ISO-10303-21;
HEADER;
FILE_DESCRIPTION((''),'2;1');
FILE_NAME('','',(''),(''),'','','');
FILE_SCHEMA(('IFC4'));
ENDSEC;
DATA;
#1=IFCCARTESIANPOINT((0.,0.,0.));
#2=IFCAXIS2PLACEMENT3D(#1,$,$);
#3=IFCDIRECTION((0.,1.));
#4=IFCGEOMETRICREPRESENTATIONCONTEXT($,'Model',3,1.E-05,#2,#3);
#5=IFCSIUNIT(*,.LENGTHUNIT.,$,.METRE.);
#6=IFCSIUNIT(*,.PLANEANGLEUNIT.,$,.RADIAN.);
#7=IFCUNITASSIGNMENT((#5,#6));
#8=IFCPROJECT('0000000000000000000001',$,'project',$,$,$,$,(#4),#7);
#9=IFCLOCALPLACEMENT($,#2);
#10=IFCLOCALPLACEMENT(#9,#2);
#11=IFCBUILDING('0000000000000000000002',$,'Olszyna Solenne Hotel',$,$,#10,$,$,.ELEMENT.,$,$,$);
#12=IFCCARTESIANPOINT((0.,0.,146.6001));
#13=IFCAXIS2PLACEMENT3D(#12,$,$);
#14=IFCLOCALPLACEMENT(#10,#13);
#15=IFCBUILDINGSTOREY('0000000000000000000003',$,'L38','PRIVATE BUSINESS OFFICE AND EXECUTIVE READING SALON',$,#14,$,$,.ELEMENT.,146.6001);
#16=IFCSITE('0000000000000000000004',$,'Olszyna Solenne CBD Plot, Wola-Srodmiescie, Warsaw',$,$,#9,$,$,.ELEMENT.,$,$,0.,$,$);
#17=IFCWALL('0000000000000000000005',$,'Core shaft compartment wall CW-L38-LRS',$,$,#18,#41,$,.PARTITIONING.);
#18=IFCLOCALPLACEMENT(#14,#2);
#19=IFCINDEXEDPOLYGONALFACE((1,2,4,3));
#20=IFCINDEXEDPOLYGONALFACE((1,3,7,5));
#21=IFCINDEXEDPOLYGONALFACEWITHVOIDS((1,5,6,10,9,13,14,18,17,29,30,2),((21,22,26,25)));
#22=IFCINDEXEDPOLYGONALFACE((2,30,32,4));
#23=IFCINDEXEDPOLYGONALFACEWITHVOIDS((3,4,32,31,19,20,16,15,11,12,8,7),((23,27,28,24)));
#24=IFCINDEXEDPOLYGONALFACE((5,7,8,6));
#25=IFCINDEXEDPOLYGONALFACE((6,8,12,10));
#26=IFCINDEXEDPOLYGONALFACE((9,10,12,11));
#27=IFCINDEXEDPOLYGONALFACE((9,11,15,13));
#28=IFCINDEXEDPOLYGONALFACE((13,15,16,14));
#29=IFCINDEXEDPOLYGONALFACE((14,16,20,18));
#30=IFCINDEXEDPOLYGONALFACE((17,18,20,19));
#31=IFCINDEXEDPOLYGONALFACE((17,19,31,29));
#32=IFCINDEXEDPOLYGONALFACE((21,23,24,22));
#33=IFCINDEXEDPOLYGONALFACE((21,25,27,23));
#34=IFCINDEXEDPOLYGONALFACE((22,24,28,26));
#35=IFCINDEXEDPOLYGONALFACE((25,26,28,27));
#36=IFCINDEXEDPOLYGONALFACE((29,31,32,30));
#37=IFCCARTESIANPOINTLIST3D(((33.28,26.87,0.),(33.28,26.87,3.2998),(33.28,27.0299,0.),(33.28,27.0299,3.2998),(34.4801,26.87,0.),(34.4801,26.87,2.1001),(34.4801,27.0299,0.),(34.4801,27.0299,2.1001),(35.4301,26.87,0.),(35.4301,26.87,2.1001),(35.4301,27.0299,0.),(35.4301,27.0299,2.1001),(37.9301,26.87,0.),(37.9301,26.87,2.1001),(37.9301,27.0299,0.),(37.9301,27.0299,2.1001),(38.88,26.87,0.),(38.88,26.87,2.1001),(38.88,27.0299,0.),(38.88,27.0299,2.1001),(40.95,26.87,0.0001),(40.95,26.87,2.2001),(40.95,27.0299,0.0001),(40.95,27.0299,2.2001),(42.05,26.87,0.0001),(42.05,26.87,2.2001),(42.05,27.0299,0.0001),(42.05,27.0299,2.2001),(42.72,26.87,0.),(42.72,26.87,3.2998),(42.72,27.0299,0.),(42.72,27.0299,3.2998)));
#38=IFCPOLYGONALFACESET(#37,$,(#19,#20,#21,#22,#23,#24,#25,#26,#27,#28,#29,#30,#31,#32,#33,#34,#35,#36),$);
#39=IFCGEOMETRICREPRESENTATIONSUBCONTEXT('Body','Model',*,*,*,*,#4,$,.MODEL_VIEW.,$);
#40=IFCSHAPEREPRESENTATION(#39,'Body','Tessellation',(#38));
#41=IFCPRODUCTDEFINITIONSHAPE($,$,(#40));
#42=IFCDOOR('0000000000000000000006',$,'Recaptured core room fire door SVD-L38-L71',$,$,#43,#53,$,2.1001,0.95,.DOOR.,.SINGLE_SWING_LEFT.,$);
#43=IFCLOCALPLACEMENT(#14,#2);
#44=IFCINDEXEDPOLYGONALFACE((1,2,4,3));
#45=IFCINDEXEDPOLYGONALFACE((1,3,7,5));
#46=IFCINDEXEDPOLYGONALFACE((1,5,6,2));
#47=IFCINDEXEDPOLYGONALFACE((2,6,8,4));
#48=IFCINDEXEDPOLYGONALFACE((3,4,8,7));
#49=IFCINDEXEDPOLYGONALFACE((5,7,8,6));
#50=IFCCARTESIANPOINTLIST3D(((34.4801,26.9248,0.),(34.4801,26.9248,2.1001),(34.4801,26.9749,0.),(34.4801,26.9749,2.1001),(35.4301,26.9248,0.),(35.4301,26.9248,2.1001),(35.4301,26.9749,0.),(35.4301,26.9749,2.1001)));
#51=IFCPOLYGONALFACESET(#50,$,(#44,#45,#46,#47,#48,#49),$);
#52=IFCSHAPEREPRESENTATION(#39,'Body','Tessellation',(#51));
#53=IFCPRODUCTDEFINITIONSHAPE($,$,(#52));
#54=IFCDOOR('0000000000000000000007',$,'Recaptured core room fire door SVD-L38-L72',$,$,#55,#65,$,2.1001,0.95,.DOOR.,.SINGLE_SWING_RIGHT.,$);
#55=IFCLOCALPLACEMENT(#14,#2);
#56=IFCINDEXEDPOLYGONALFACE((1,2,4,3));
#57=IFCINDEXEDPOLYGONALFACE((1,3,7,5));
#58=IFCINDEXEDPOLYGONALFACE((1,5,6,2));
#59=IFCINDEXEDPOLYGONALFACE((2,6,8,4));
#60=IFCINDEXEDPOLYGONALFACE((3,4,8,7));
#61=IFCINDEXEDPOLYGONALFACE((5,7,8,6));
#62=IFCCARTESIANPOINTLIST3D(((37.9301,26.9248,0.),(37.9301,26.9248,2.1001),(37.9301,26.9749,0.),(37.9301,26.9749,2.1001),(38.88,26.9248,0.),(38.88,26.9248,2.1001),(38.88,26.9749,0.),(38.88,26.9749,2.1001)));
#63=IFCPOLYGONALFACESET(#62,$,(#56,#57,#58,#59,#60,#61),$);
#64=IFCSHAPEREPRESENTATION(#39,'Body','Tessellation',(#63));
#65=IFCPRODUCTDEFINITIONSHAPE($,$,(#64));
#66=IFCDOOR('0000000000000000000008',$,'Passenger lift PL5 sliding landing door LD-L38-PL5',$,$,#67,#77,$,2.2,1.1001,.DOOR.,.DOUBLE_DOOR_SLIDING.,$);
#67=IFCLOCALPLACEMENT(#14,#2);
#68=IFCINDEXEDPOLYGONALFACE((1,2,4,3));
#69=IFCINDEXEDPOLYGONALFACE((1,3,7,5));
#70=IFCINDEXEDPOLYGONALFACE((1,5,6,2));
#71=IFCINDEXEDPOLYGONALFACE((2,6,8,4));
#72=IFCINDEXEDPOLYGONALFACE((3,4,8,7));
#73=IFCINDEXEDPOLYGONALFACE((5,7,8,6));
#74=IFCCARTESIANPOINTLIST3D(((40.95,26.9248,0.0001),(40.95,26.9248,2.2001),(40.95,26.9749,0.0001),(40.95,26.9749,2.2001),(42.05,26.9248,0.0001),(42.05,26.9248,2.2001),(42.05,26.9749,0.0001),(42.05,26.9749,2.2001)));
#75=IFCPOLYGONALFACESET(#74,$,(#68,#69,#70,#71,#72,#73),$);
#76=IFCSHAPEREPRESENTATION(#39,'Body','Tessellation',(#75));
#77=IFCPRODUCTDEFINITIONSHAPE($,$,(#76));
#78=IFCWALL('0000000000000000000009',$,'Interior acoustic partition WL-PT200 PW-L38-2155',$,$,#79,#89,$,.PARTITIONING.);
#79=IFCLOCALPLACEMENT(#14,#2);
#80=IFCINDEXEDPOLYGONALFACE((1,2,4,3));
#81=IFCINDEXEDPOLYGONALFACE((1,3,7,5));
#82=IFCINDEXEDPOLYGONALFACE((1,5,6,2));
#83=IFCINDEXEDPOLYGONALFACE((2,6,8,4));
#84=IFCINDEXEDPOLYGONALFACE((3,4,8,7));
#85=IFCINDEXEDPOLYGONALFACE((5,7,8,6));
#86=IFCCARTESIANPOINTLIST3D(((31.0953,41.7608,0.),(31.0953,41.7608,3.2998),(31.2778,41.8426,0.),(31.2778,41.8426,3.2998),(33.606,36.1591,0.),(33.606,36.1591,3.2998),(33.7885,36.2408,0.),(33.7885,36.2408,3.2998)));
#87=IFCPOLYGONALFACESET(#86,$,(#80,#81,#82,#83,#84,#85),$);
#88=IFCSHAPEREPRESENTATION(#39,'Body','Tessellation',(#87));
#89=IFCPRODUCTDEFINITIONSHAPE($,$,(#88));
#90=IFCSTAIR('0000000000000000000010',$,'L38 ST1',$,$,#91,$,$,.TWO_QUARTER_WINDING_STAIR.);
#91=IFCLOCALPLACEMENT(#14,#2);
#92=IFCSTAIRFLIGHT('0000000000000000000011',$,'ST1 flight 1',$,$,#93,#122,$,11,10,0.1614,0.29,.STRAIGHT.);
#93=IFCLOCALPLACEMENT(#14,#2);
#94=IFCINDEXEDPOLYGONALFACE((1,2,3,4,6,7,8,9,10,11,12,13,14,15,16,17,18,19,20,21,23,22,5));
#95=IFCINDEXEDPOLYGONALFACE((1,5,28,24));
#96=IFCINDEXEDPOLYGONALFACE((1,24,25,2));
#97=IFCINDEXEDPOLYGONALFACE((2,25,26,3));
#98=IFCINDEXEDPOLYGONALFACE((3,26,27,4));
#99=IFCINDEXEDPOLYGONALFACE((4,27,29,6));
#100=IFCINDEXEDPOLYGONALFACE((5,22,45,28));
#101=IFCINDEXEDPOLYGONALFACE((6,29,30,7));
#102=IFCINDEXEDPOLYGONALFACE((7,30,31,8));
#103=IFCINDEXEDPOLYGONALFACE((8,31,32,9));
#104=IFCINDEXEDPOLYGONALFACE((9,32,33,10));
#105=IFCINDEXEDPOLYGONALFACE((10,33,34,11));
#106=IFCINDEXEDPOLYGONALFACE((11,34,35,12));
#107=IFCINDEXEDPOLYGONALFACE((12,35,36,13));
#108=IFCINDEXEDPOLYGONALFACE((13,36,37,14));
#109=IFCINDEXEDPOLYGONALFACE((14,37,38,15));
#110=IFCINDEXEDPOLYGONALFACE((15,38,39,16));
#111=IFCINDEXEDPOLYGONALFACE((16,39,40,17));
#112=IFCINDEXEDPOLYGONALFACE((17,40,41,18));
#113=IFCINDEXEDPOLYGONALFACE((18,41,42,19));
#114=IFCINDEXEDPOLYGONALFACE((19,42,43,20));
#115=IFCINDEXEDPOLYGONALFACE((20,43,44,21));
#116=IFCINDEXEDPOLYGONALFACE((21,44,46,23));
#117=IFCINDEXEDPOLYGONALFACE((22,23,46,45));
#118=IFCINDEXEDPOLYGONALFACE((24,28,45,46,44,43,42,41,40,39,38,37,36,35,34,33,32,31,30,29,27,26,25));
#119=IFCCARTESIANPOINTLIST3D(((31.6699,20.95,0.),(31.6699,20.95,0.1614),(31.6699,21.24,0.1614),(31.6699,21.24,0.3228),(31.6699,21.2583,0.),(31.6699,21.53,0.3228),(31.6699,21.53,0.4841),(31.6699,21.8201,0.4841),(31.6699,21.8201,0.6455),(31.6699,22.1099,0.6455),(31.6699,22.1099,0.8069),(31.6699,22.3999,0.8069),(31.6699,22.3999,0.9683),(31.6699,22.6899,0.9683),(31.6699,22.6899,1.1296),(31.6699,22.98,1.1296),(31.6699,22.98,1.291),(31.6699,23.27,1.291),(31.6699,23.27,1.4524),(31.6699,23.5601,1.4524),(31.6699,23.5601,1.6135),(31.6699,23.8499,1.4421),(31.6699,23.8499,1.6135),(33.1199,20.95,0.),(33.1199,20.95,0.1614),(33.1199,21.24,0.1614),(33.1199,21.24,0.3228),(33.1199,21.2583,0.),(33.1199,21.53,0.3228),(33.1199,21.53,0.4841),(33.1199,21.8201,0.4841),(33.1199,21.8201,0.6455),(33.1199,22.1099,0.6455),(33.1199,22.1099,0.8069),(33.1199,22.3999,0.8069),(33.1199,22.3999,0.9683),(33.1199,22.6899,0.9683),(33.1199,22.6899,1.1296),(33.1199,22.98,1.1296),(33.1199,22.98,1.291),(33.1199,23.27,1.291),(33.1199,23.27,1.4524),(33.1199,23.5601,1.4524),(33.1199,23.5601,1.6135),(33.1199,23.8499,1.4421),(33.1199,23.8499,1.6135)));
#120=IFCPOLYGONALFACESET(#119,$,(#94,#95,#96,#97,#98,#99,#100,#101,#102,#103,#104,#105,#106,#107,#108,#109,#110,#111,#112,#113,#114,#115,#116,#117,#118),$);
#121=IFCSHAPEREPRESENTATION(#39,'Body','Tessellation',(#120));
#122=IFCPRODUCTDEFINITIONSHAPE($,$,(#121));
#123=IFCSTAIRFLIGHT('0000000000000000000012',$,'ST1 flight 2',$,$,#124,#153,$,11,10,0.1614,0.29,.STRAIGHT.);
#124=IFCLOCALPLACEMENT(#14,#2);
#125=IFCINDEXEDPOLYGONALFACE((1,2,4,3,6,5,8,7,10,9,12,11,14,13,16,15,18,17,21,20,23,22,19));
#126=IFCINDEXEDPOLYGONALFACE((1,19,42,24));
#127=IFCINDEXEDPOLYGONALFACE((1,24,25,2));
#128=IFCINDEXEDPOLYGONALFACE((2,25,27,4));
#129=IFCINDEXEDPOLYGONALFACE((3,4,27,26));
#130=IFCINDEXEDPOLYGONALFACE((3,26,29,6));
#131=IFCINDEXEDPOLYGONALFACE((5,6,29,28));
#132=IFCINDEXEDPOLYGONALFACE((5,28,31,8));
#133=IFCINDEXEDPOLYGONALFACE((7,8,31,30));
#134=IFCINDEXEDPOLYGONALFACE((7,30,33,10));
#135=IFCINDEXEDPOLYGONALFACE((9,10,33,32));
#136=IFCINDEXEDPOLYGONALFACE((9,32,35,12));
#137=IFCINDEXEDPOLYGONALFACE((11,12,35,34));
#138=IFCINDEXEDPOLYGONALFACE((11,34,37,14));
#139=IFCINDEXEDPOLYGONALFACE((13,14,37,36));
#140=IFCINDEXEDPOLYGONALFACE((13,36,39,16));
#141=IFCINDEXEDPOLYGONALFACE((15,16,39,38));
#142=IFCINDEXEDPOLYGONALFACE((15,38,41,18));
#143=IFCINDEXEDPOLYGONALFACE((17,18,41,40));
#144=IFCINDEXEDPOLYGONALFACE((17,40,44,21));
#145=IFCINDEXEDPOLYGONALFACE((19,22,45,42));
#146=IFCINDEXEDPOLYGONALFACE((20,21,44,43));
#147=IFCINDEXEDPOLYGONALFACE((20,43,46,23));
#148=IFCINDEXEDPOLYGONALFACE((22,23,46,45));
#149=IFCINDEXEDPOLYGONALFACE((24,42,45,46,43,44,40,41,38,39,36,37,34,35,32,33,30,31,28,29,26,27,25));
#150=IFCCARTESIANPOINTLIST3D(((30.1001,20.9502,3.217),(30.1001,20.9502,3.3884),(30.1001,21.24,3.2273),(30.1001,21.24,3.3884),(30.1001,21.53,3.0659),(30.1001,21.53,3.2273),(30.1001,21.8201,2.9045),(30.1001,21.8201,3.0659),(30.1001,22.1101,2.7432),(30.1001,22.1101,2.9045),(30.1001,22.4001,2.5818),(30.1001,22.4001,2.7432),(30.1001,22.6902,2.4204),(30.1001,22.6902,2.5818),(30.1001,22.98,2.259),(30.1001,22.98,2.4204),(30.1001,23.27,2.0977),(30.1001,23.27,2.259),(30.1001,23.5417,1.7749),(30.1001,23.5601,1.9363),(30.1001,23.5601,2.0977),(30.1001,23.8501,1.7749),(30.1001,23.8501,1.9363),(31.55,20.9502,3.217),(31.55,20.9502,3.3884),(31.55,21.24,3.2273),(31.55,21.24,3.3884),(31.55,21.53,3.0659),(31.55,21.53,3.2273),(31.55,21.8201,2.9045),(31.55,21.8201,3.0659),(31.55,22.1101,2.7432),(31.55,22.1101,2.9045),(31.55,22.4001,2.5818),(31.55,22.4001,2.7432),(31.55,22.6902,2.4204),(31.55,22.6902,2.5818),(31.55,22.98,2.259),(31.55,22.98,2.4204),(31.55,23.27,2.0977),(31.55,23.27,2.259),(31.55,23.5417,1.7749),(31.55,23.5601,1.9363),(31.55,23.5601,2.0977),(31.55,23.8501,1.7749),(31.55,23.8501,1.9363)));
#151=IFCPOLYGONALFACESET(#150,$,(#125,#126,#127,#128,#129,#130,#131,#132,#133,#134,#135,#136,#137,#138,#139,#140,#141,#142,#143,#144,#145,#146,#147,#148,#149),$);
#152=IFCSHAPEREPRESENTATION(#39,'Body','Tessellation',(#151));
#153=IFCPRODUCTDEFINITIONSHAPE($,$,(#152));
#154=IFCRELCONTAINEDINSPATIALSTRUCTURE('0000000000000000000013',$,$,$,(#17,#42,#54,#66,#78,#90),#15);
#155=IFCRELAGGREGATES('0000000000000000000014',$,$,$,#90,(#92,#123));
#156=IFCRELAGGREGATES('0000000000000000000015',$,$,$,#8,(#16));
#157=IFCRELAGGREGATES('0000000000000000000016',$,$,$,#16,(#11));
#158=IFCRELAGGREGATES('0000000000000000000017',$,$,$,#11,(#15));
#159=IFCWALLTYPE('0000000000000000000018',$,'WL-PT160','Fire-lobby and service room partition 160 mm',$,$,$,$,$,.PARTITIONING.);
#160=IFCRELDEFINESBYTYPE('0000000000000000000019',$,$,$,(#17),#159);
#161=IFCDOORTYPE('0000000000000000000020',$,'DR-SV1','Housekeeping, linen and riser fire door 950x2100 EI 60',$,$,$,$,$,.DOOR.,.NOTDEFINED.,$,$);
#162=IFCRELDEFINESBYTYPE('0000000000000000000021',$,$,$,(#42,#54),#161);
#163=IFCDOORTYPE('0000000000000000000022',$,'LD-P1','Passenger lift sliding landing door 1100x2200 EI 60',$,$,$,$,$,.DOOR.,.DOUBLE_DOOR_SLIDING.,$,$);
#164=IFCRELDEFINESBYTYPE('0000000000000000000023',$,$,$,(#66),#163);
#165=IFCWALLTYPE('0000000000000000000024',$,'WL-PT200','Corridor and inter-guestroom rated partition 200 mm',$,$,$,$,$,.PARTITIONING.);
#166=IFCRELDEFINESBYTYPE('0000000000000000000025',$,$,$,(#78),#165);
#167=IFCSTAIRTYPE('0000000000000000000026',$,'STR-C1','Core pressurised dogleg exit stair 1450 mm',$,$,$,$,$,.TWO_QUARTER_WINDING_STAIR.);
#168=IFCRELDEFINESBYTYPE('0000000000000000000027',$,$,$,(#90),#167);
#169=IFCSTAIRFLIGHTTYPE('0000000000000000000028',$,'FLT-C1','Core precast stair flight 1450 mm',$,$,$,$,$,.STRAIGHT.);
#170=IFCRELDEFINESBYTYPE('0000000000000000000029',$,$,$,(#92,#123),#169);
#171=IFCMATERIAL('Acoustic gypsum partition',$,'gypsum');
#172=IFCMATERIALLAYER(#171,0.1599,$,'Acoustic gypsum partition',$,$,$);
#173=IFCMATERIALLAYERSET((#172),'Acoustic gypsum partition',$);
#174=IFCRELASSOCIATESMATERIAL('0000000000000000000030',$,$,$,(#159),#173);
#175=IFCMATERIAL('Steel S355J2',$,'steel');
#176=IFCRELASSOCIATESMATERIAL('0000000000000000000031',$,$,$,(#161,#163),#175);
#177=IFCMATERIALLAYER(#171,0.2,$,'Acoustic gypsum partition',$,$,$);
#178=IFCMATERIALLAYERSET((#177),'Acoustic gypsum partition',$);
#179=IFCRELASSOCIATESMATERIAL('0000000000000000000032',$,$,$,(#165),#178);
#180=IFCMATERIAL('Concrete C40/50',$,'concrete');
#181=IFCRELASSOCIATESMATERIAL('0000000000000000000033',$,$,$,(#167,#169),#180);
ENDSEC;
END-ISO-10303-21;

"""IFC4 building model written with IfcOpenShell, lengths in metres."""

from ifc_helpers import new_model, si_unit, direction, frame, frame_2d, origin, place, context, subcontext, project, spatial, polyline, rectangle, outline, extrude, source, transform, mapped, material, layer, layer_set, type_object, type_shapes, element, fill, aggregate, save


model = new_model("IFC4")

# Units and contexts
model_context = context("Model", 3, precision=1e-05, world=origin(), true_north=direction((0.0, 1.0)))
body_context = subcontext(model_context, "Body", "Model", "MODEL_VIEW")
ifc_project = project(units=[si_unit("LENGTHUNIT", "METRE"), si_unit("PLANEANGLEUNIT", "RADIAN")], contexts=[model_context])

# Site, building, storey
site_placement = place(None, origin())
site = spatial("IfcSite", under=ifc_project, at=site_placement, Name="Olszyna Solenne CBD Plot, Wola-Srodmiescie, Warsaw", CompositionType="ELEMENT", RefElevation=0.0)
building_placement = place(site_placement, origin())
building = spatial("IfcBuilding", under=site, at=building_placement, Name="Olszyna Solenne Hotel", CompositionType="ELEMENT")
storey_placement = place(building_placement, frame((0.0, 0.0, 146.6001)))
storey = spatial("IfcBuildingStorey", under=building, at=storey_placement, Name="L38", Description="PRIVATE BUSINESS OFFICE AND EXECUTIVE READING SALON", CompositionType="ELEMENT", Elevation=146.6001)

# Shared definitions
ifc_material_1 = material(Name="Steel S355J2", Category="steel")

# Shared definitions
ifc_material_2 = material(Name="Acoustic gypsum partition", Category="gypsum")
ifc_layer_1 = layer(ifc_material_2, 0.1599, Name="Acoustic gypsum partition")
ifc_layer_set_1 = layer_set([ifc_layer_1], Name="Acoustic gypsum partition")
wall_type_1 = type_object("IfcWallType", Name="WL-PT160", Description="Fire-lobby and service room partition 160 mm", PredefinedType="PARTITIONING", material=ifc_layer_set_1)

# Wall, openings, doors
wall_1_placement = place(storey_placement, frame((33.28, 26.95, 0.0), z_axis=(0.0, 0.0, 1.0), x_axis=(1.0, 0.0, 0.0)))
wall_1 = element("IfcWall", 1, at=wall_1_placement, inside=storey, type_object=wall_type_1, Name="Core shaft compartment wall CW-L38-LRS", PredefinedType="PARTITIONING", context=body_context, shape_type="SweptSolid", body=[
    extrude(rectangle(XDim=9.4399, YDim=0.1599, at=frame_2d((4.72, 0.0))), origin(), (0.0, 0.0, 1.0), 3.2998),
])
opening_1_placement = place(wall_1_placement, frame((1.2, 0.0, 0.0)))
opening_1 = element("IfcOpeningElement", 2, at=opening_1_placement, cuts=wall_1, PredefinedType="OPENING", context=body_context, shape_type="SweptSolid", body=[
    extrude(rectangle(XDim=0.95, YDim=2.1001, at=frame_2d((0.4751, 1.05))), frame((0.0, 0.0898, 0.0), z_axis=(0.0, -1.0, 0.0), x_axis=(1.0, 0.0, 0.0)), (0.0, 0.0, 1.0), 0.1799),
])
opening_2_placement = place(wall_1_placement, frame((4.6499, 0.0, 0.0)))
opening_2 = element("IfcOpeningElement", 3, at=opening_2_placement, cuts=wall_1, PredefinedType="OPENING", context=body_context, shape_type="SweptSolid", body=[
    extrude(rectangle(XDim=0.95, YDim=2.1001, at=frame_2d((0.4751, 1.05))), frame((0.0, 0.0898, 0.0), z_axis=(0.0, -1.0, 0.0), x_axis=(1.0, 0.0, 0.0)), (0.0, 0.0, 1.0), 0.1799),
])
opening_3_placement = place(wall_1_placement, frame((7.6699, 0.0, 0.0)))
opening_3 = element("IfcOpeningElement", 4, at=opening_3_placement, cuts=wall_1, PredefinedType="OPENING", context=body_context, shape_type="SweptSolid", body=[
    extrude(rectangle(XDim=1.1001, YDim=2.2, at=frame_2d((0.55, 1.1001))), frame((0.0, 0.0898, 0.0), z_axis=(0.0, -1.0, 0.0), x_axis=(1.0, 0.0, 0.0)), (0.0, 0.0, 1.0), 0.1799),
])
door_type_1 = type_object("IfcDoorType", Name="DR-SV1", Description="Housekeeping, linen and riser fire door 950x2100 EI 60", OperationType="NOTDEFINED", PredefinedType="DOOR", material=ifc_material_1)
shared_shape_1 = source(origin(), body_context, "Body", "SweptSolid", [
    extrude(rectangle(XDim=0.95, YDim=2.1001, at=frame_2d((0.4751, 1.05))), frame((0.0, 0.0249, 0.0), z_axis=(0.0, -1.0, 0.0), x_axis=(1.0, 0.0, 0.0)), (0.0, 0.0, 1.0), 0.05),
])
type_shapes(door_type_1, [shared_shape_1])
door_1_placement = place(opening_1_placement, origin())
door_1 = element("IfcDoor", 5, at=door_1_placement, inside=storey, type_object=door_type_1, Name="Recaptured core room fire door SVD-L38-L71", OperationType="SINGLE_SWING_LEFT", OverallHeight=2.1001, OverallWidth=0.95, PredefinedType="DOOR", context=body_context, shape_type="MappedRepresentation", body=[
    mapped(shared_shape_1, transform((0.0, 0.0, 0.0), x_axis=(1.0, 0.0, 0.0), y_axis=(0.0, 1.0, 0.0), z_axis=(0.0, 0.0, 1.0), scale=1.0)),
])
fill(opening_1, door_1)
door_2_placement = place(opening_2_placement, origin())
door_2 = element("IfcDoor", 6, at=door_2_placement, inside=storey, type_object=door_type_1, Name="Recaptured core room fire door SVD-L38-L72", OperationType="SINGLE_SWING_RIGHT", OverallHeight=2.1001, OverallWidth=0.95, PredefinedType="DOOR", context=body_context, shape_type="MappedRepresentation", body=[
    mapped(shared_shape_1, transform((0.0, 0.0, 0.0), x_axis=(1.0, 0.0, 0.0), y_axis=(0.0, 1.0, 0.0), z_axis=(0.0, 0.0, 1.0), scale=1.0)),
])
fill(opening_2, door_2)
door_type_2 = type_object("IfcDoorType", Name="LD-P1", Description="Passenger lift sliding landing door 1100x2200 EI 60", OperationType="DOUBLE_DOOR_SLIDING", PredefinedType="DOOR", material=ifc_material_1)
shared_shape_2 = source(origin(), body_context, "Body", "SweptSolid", [
    extrude(rectangle(XDim=1.1001, YDim=2.2, at=frame_2d((0.55, 1.1001))), frame((0.0, 0.0249, 0.0), z_axis=(0.0, -1.0, 0.0), x_axis=(1.0, 0.0, 0.0)), (0.0, 0.0, 1.0), 0.05),
])
type_shapes(door_type_2, [shared_shape_2])
door_3_placement = place(opening_3_placement, origin())
door_3 = element("IfcDoor", 7, at=door_3_placement, inside=storey, type_object=door_type_2, Name="Passenger lift PL5 sliding landing door LD-L38-PL5", OperationType="DOUBLE_DOOR_SLIDING", OverallHeight=2.2, OverallWidth=1.1001, PredefinedType="DOOR", context=body_context, shape_type="MappedRepresentation", body=[
    mapped(shared_shape_2, transform((0.0, 0.0, 0.0), x_axis=(1.0, 0.0, 0.0), y_axis=(0.0, 1.0, 0.0), z_axis=(0.0, 0.0, 1.0), scale=1.0)),
])
fill(opening_3, door_3)

# Wall
ifc_layer_2 = layer(ifc_material_2, 0.2, Name="Acoustic gypsum partition")
ifc_layer_set_2 = layer_set([ifc_layer_2], Name="Acoustic gypsum partition")
wall_type_2 = type_object("IfcWallType", Name="WL-PT200", Description="Corridor and inter-guestroom rated partition 200 mm", PredefinedType="PARTITIONING", material=ifc_layer_set_2)
wall_2_placement = place(storey_placement, frame((33.6973, 36.2, 0.0), z_axis=(0.0, 0.0, 1.0), x_axis=(-0.409, 0.912534, 0.0)))
element("IfcWall", 8, at=wall_2_placement, inside=storey, type_object=wall_type_2, Name="Interior acoustic partition WL-PT200 PW-L38-2155", PredefinedType="PARTITIONING", context=body_context, shape_type="SweptSolid", body=[
    extrude(rectangle(XDim=6.1387, YDim=0.2, at=frame_2d((3.0693, 0.0))), origin(), (0.0, 0.0, 1.0), 3.2998),
])

# Stair, stair flights
ifc_material_3 = material(Name="Concrete C40/50", Category="concrete")
stair_type = type_object("IfcStairType", Name="STR-C1", Description="Core pressurised dogleg exit stair 1450 mm", PredefinedType="TWO_QUARTER_WINDING_STAIR", material=ifc_material_3)
stair_1_placement = place(storey_placement, origin())
stair_1 = element("IfcStair", 9, at=stair_1_placement, inside=storey, type_object=stair_type, Name="L38 ST1", PredefinedType="TWO_QUARTER_WINDING_STAIR")
stair_flight_type = type_object("IfcStairFlightType", Name="FLT-C1", Description="Core precast stair flight 1450 mm", PredefinedType="STRAIGHT", material=ifc_material_3)
stair_flight_1_placement = place(storey_placement, frame((32.395, 20.95, 0.0), z_axis=(0.0, 0.0, 1.0), x_axis=(0.0, 1.0, 0.0)))
stair_flight_1 = element("IfcStairFlight", 10, at=stair_flight_1_placement, type_object=stair_flight_type, Name="ST1 flight 1", NumberOfRisers=11, NumberOfTreads=10, PredefinedType="STRAIGHT", RiserHeight=0.1614, TreadLength=0.29, context=body_context, shape_type="SweptSolid", body=[
    extrude(outline(polyline([(0.0, 0.0), (0.0, 0.1614), (0.29, 0.1614), (0.29, 0.3228), (0.5801, 0.3228), (0.5801, 0.4841), (0.8701, 0.4841), (0.8701, 0.6455), (1.1599, 0.6455), (1.1599, 0.8069), (1.45, 0.8069), (1.45, 0.9683), (1.74, 0.9683), (1.74, 1.1296), (2.03, 1.1296), (2.03, 1.291), (2.3201, 1.291), (2.3201, 1.4524), (2.6101, 1.4524), (2.6101, 1.6135), (2.8999, 1.6135), (2.8999, 1.7749), (2.8999, 1.4421), (0.3083, 0.0), (0.0, 0.0)])), frame((0.0, 0.7251, 0.0), z_axis=(0.0, -1.0, 0.0), x_axis=(1.0, 0.0, 0.0)), (0.0, 0.0, 1.0), 1.45),
])
stair_flight_2_placement = place(storey_placement, frame((30.825, 23.8501, 1.7749), z_axis=(0.0, 0.0, 1.0), x_axis=(0.0, -1.0, 0.0)))
stair_flight_2 = element("IfcStairFlight", 11, at=stair_flight_2_placement, type_object=stair_flight_type, Name="ST1 flight 2", NumberOfRisers=11, NumberOfTreads=10, PredefinedType="STRAIGHT", RiserHeight=0.1614, TreadLength=0.29, context=body_context, shape_type="SweptSolid", body=[
    extrude(outline(polyline([(0.0, 0.0), (0.0, 0.1614), (0.29, 0.1614), (0.29, 0.3228), (0.5801, 0.3228), (0.5801, 0.4841), (0.8701, 0.4841), (0.8701, 0.6455), (1.1599, 0.6455), (1.1599, 0.8069), (1.45, 0.8069), (1.45, 0.9683), (1.74, 0.9683), (1.74, 1.1296), (2.03, 1.1296), (2.03, 1.291), (2.3201, 1.291), (2.3201, 1.4524), (2.6101, 1.4524), (2.6101, 1.6135), (2.8999, 1.6135), (2.8999, 1.7749), (2.8999, 1.4421), (0.3083, 0.0), (0.0, 0.0)])), frame((0.0, 0.7251, 0.0), z_axis=(0.0, -1.0, 0.0), x_axis=(1.0, 0.0, 0.0)), (0.0, 0.0, 1.0), 1.45),
])
aggregate(stair_1, [stair_flight_1, stair_flight_2])

save(model, "model.ifc")
